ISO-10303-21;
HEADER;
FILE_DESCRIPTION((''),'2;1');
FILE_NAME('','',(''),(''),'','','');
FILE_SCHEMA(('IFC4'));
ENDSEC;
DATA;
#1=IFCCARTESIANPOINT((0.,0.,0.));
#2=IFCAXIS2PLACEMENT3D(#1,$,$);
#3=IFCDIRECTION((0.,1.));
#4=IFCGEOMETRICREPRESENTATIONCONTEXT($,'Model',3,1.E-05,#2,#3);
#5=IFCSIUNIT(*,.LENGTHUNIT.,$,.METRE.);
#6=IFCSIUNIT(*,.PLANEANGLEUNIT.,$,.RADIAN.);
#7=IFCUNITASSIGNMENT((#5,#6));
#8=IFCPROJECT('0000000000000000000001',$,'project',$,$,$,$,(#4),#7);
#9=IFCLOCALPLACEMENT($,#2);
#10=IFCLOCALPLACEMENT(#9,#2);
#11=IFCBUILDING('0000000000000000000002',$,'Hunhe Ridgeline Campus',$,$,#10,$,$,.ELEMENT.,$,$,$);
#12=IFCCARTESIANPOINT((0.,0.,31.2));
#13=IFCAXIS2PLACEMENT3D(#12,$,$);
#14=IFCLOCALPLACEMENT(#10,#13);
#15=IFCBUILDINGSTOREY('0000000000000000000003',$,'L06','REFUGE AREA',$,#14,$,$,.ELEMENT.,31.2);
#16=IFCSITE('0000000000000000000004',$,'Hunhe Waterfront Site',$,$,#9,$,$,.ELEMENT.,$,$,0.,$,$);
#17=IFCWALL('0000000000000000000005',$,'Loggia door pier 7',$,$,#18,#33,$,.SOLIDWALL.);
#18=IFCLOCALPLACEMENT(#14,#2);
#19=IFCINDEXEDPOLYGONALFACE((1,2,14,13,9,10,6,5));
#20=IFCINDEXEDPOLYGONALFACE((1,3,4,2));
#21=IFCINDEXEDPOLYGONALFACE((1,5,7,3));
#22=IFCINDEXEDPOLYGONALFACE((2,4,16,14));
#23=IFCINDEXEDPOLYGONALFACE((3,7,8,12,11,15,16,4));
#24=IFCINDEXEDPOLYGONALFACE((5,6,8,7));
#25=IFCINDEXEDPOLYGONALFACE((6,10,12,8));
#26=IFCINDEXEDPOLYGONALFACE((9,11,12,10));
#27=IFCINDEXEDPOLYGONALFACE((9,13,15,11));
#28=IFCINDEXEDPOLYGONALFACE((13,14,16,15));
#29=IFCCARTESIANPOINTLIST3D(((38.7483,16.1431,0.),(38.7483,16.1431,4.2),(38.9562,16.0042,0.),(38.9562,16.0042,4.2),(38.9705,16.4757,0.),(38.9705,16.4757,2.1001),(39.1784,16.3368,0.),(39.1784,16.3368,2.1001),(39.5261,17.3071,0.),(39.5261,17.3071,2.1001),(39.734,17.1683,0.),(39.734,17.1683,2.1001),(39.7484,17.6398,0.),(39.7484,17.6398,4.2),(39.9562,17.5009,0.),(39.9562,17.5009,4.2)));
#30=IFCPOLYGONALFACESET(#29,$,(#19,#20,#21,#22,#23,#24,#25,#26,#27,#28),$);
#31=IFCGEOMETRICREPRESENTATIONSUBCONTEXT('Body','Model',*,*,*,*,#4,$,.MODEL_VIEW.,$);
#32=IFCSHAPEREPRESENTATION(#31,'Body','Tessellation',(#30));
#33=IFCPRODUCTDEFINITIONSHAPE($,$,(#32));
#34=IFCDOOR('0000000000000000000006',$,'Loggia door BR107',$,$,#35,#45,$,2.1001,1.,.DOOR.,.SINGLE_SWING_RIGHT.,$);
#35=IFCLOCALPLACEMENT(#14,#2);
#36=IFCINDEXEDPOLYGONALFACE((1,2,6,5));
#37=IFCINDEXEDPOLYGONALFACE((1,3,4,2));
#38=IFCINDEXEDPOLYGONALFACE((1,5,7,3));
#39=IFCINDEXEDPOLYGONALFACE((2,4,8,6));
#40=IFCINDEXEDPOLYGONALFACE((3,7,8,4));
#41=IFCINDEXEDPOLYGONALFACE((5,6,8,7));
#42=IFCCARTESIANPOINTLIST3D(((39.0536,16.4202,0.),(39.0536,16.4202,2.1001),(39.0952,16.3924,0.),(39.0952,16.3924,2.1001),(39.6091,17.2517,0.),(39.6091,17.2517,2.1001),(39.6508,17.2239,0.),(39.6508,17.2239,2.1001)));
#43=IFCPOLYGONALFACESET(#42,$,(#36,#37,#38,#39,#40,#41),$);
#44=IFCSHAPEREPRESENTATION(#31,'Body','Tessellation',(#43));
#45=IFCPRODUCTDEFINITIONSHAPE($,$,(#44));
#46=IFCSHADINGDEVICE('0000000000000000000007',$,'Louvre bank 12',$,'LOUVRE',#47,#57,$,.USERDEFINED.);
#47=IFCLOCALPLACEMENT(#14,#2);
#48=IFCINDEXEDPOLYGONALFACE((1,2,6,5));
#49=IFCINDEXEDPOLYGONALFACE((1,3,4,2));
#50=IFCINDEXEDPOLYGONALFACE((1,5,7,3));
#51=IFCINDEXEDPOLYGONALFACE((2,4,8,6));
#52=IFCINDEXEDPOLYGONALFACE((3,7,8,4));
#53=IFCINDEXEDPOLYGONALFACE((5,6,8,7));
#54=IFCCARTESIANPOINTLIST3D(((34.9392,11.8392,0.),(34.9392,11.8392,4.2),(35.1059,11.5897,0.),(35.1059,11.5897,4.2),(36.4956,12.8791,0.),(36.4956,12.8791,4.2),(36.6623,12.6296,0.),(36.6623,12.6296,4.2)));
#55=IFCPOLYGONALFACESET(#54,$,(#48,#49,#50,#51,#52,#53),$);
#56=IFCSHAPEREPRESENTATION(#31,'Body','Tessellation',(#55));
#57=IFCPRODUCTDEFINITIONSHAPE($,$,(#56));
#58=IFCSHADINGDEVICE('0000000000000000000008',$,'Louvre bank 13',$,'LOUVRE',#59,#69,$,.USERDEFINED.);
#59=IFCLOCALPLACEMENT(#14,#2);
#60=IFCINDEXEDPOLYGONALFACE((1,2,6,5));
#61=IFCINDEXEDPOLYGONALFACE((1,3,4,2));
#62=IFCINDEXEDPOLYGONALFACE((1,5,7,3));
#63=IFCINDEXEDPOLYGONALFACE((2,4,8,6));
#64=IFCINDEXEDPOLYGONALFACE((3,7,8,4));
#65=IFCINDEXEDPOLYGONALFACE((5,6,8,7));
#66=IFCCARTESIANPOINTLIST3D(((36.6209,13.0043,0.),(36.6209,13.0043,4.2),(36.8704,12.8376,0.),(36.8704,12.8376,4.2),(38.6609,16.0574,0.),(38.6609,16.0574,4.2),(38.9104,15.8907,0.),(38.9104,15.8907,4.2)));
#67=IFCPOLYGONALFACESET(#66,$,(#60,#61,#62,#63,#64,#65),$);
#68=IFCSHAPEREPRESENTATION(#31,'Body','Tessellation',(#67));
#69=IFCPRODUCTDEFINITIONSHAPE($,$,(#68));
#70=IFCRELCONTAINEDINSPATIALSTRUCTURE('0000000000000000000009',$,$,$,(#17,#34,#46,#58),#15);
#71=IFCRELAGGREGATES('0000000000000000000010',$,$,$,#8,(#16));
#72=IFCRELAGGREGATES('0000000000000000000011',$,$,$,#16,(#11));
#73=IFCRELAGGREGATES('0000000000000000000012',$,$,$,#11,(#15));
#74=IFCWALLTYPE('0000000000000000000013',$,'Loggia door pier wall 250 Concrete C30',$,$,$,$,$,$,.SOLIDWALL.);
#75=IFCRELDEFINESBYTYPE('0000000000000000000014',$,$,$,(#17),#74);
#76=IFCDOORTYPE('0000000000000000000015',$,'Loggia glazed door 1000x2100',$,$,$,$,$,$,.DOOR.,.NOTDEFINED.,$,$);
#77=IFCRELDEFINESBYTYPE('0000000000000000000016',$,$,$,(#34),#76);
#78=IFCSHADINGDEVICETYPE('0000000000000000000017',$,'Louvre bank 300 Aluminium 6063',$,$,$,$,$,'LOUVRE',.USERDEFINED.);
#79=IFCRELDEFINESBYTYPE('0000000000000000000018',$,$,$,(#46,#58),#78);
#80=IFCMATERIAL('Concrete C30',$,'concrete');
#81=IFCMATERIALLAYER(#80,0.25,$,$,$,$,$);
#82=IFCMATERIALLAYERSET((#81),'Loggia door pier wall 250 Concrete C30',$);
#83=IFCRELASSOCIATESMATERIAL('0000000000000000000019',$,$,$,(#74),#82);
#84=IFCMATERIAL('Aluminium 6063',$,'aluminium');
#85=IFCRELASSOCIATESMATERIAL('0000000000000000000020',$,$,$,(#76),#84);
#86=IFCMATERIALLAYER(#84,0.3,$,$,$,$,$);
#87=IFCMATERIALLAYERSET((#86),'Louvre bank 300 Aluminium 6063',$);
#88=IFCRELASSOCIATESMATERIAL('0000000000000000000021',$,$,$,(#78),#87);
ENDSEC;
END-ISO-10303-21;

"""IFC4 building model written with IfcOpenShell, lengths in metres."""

from ifc_helpers import new_model, si_unit, direction, frame, frame_2d, origin, origin_2d, place, context, subcontext, project, spatial, rectangle, extrude, material, layer, layer_set, type_object, element, fill, save


model = new_model("IFC4")

# Units and contexts
model_context = context("Model", 3, precision=1e-05, world=origin(), true_north=direction((0.0, 1.0)))
body_context = subcontext(model_context, "Body", "Model", "MODEL_VIEW")
ifc_project = project(units=[si_unit("LENGTHUNIT", "METRE"), si_unit("PLANEANGLEUNIT", "RADIAN")], contexts=[model_context])

# Site, building, storey
site_placement = place(None, origin())
site = spatial("IfcSite", under=ifc_project, at=site_placement, Name="Hunhe Waterfront Site", CompositionType="ELEMENT", RefElevation=0.0)
building_placement = place(site_placement, origin())
building = spatial("IfcBuilding", under=site, at=building_placement, Name="Hunhe Ridgeline Campus", CompositionType="ELEMENT")
storey_placement = place(building_placement, frame((0.0, 0.0, 31.2)))
storey = spatial("IfcBuildingStorey", under=building, at=storey_placement, Name="L06", Description="REFUGE AREA", CompositionType="ELEMENT", Elevation=31.2)

# Shared definitions
ifc_material_1 = material(Name="Aluminium 6063", Category="aluminium")

# Wall, opening, door
ifc_material_2 = material(Name="Concrete C30", Category="concrete")
ifc_layer_1 = layer(ifc_material_2, 0.25)
ifc_layer_set_1 = layer_set([ifc_layer_1], Name="Loggia door pier wall 250 Concrete C30")
wall_type_1 = type_object("IfcWallType", Name="Loggia door pier wall 250 Concrete C30", PredefinedType="SOLIDWALL", material=ifc_layer_set_1)
door_type = type_object("IfcDoorType", Name="Loggia glazed door 1000x2100", OperationType="NOTDEFINED", PredefinedType="DOOR", material=ifc_material_1)
wall_1_placement = place(storey_placement, frame((38.8523, 16.0737, 0.0), z_axis=(0.0, 0.0, 1.0), x_axis=(0.555576, 0.831466, 0.0)))
wall_1 = element("IfcWall", 1, at=wall_1_placement, inside=storey, type_object=wall_type_1, Name="Loggia door pier 7", PredefinedType="SOLIDWALL", context=body_context, shape_type="SweptSolid", body=[
    extrude(rectangle(XDim=1.8, YDim=0.25, at=frame_2d((0.8999, 0.0))), origin(), (0.0, 0.0, 1.0), 4.2),
])
opening_1_placement = place(wall_1_placement, frame((0.3999, 0.0, 0.0)))
opening_1 = element("IfcOpeningElement", 2, at=opening_1_placement, cuts=wall_1, PredefinedType="OPENING", context=body_context, shape_type="SweptSolid", body=[
    extrude(rectangle(XDim=1.0, YDim=2.1001, at=frame_2d((0.5, 1.05))), frame((0.0, 0.125, 0.0), z_axis=(0.0, -1.0, 0.0), x_axis=(1.0, 0.0, 0.0)), (0.0, 0.0, 1.0), 0.25),
])
door_1_placement = place(opening_1_placement, frame((1.0, 0.0, 0.0), z_axis=(0.0, 0.0, 1.0), x_axis=(-1.0, 0.0, 0.0)))
door_1 = element("IfcDoor", 3, at=door_1_placement, inside=storey, type_object=door_type, Name="Loggia door BR107", OperationType="SINGLE_SWING_RIGHT", OverallHeight=2.1001, OverallWidth=1.0, PredefinedType="DOOR", context=body_context, shape_type="SweptSolid", body=[
    extrude(rectangle(XDim=1.0, YDim=2.1001, at=frame_2d((0.5, 1.05))), frame((0.0, 0.0249, 0.0), z_axis=(0.0, -1.0, 0.0), x_axis=(1.0, 0.0, 0.0)), (0.0, 0.0, 1.0), 0.05),
])
fill(opening_1, door_1)

# Shading devices
ifc_layer_2 = layer(ifc_material_1, 0.3)
ifc_layer_set_2 = layer_set([ifc_layer_2], Name="Louvre bank 300 Aluminium 6063")
shading_device_type = type_object("IfcShadingDeviceType", Name="Louvre bank 300 Aluminium 6063", ElementType="LOUVRE", PredefinedType="USERDEFINED", material=ifc_layer_set_2)
shading_device_1_placement = place(storey_placement, frame((35.8008, 12.2344, 0.0), z_axis=(0.0, 0.0, 1.0), x_axis=(0.83147, 0.55557, 0.0)))
element("IfcShadingDevice", 4, at=shading_device_1_placement, inside=storey, type_object=shading_device_type, Name="Louvre bank 12", ObjectType="LOUVRE", PredefinedType="USERDEFINED", context=body_context, shape_type="SweptSolid", body=[
    extrude(rectangle(XDim=1.8718, YDim=0.3, at=origin_2d()), origin(), (0.0, 0.0, 1.0), 4.2),
])
shading_device_2_placement = place(storey_placement, frame((37.7656, 14.4475, 0.0), z_axis=(0.0, 0.0, 1.0), x_axis=(0.55557, 0.83147, 0.0)))
element("IfcShadingDevice", 5, at=shading_device_2_placement, inside=storey, type_object=shading_device_type, Name="Louvre bank 13", ObjectType="LOUVRE", PredefinedType="USERDEFINED", context=body_context, shape_type="SweptSolid", body=[
    extrude(rectangle(XDim=3.6719, YDim=0.3, at=origin_2d()), origin(), (0.0, 0.0, 1.0), 4.2),
])

save(model, "model.ifc")
